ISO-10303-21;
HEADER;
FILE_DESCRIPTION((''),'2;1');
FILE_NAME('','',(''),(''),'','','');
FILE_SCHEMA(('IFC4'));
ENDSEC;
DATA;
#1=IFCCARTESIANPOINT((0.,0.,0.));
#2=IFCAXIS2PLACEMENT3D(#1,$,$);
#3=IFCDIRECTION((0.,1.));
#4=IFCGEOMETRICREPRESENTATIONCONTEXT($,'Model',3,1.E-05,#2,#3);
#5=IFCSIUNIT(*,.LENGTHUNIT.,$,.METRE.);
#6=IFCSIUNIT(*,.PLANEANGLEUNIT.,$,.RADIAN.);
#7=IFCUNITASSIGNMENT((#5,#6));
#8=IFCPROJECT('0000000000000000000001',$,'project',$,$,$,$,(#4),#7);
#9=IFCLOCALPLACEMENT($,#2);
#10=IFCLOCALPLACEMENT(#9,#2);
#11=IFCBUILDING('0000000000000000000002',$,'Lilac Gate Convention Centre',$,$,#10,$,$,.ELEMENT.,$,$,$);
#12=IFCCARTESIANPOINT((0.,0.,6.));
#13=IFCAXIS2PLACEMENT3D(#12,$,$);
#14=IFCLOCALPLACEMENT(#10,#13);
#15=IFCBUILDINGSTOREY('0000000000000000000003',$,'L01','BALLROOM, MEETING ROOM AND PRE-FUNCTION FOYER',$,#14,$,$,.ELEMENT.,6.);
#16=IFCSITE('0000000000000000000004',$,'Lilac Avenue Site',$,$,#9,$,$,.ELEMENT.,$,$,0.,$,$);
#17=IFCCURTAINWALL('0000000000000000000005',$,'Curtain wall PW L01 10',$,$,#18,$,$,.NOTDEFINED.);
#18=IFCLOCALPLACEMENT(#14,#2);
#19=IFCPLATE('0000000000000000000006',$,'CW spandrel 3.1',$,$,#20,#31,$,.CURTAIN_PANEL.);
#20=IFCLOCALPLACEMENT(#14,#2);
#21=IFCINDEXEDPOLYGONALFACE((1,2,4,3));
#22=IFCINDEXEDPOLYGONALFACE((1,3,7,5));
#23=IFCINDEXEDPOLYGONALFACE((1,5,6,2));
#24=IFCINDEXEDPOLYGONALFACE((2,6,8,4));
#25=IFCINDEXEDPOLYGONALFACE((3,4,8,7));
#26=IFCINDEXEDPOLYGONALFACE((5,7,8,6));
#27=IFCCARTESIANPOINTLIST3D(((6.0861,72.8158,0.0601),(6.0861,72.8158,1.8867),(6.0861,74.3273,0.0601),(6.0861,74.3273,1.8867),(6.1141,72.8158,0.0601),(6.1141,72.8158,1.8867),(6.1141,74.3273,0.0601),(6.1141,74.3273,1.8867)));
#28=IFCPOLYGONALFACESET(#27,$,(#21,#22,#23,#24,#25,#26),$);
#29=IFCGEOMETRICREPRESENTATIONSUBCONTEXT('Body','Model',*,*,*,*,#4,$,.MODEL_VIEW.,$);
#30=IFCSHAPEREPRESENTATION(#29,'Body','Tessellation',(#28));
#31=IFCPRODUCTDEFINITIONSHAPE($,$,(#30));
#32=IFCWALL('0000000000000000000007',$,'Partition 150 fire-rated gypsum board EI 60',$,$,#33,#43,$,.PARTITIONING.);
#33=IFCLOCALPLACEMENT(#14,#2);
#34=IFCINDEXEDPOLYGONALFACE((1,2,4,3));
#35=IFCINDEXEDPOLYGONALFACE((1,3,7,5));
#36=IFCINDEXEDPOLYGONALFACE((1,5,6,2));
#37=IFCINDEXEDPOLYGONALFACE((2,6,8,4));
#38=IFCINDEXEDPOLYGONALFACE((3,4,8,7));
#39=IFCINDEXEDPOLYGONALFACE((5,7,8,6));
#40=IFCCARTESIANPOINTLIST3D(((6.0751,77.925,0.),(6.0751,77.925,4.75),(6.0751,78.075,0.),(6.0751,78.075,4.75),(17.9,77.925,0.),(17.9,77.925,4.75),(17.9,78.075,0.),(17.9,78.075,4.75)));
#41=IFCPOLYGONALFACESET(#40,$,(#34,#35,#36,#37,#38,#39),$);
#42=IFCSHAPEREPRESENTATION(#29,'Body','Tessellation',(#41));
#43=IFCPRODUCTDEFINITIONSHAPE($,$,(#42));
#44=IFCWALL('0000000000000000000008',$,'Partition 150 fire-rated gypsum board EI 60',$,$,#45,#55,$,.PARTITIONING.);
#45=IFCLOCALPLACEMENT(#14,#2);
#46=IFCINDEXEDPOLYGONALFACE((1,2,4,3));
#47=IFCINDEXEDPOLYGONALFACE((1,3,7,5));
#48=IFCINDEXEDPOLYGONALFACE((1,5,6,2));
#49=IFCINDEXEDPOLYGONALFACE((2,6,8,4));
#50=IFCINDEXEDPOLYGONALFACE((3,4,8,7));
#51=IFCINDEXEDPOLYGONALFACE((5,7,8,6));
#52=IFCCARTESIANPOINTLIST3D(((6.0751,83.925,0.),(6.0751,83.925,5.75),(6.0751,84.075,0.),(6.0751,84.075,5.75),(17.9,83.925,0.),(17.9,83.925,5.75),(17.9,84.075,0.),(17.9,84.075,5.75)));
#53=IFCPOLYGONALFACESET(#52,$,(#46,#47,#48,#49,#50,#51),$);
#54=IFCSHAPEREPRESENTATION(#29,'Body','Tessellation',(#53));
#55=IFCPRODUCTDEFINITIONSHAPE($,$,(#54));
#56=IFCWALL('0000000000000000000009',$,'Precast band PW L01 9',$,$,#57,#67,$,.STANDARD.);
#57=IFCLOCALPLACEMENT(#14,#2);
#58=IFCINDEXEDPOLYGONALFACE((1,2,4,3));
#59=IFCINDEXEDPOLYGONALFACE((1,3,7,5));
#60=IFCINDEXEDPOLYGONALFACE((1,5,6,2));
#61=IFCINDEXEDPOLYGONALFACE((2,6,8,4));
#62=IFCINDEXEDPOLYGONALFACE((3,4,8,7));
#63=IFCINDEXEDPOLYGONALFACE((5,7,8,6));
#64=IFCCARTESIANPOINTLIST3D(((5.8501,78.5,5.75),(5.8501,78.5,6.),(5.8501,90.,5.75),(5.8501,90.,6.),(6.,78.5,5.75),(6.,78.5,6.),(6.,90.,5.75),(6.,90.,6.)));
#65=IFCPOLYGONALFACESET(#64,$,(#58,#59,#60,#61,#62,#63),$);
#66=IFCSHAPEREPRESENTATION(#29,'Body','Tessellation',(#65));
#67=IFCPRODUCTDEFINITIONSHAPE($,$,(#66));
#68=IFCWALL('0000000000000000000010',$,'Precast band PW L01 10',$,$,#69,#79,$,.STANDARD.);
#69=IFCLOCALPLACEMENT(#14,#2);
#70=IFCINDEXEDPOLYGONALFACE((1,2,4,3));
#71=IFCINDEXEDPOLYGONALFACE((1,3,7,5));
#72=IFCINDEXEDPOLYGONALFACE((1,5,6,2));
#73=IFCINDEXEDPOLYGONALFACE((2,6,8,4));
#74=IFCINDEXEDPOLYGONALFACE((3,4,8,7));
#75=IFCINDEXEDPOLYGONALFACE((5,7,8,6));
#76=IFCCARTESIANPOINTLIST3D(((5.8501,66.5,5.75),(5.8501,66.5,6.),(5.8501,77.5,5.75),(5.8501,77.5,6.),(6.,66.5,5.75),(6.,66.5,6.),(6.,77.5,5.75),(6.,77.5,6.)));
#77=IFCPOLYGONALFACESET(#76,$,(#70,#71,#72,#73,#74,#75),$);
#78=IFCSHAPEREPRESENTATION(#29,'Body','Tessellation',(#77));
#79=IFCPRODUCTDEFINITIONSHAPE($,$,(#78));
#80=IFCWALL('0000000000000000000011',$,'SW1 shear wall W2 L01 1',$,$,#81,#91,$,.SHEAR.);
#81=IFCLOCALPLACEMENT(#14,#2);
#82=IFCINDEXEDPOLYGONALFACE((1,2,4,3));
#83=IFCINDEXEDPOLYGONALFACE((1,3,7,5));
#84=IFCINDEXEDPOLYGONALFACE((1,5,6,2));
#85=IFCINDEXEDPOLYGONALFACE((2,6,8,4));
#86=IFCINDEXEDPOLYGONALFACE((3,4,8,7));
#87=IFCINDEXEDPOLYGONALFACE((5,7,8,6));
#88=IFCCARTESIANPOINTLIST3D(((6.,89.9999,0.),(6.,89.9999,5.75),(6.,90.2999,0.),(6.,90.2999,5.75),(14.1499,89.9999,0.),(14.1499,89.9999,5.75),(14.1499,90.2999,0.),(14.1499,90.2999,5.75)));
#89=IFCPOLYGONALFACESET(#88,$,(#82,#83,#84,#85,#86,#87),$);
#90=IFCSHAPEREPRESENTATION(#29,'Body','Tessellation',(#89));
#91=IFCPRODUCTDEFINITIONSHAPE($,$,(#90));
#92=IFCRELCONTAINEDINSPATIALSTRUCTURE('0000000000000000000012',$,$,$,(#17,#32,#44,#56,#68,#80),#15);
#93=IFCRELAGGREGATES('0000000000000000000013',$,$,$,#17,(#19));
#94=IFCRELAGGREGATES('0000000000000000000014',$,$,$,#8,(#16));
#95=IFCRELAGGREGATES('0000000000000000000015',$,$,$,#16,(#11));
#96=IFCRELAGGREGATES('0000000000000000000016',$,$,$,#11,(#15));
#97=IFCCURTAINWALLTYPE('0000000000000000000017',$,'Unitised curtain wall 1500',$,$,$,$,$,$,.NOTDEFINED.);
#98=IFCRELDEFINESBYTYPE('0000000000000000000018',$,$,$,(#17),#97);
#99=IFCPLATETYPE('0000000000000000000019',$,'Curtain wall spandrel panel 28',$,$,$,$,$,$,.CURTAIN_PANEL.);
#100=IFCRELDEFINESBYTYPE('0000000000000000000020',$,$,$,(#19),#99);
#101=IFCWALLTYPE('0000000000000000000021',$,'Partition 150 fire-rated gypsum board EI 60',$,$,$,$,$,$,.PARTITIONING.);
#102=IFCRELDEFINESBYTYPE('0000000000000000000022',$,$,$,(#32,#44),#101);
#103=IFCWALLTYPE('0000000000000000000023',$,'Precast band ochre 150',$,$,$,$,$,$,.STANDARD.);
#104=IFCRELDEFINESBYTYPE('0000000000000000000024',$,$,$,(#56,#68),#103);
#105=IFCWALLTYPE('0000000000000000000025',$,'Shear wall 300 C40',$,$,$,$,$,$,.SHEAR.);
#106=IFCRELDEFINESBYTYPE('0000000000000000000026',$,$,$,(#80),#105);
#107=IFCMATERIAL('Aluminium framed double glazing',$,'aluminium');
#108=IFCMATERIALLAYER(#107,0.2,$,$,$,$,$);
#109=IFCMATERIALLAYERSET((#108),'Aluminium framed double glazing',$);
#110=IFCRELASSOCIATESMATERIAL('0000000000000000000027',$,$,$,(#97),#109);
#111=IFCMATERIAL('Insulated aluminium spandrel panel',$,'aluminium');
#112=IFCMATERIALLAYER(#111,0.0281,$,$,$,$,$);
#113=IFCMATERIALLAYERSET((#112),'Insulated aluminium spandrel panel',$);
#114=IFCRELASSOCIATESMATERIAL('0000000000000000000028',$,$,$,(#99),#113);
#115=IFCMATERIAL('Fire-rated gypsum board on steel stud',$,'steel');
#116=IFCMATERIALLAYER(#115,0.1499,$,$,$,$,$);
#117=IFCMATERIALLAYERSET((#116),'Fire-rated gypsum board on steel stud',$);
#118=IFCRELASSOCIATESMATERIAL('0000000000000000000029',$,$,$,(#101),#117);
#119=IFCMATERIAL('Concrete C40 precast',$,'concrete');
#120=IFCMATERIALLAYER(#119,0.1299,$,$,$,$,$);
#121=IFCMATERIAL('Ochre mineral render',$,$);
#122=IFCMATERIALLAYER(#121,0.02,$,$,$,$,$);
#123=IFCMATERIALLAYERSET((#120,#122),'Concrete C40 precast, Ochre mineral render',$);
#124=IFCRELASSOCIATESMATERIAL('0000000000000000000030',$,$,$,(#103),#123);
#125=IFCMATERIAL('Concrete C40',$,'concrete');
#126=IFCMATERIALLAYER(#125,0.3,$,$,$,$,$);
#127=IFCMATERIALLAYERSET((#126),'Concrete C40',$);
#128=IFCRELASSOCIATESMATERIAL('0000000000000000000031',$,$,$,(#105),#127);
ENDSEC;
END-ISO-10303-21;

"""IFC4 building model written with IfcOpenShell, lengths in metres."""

from ifc_helpers import new_model, si_unit, direction, frame, frame_2d, origin, origin_2d, place, context, subcontext, project, spatial, rectangle, extrude, material, layer, layer_set, type_object, element, aggregate, save


model = new_model("IFC4")

# Units and contexts
model_context = context("Model", 3, precision=1e-05, world=origin(), true_north=direction((0.0, 1.0)))
body_context = subcontext(model_context, "Body", "Model", "MODEL_VIEW")
ifc_project = project(units=[si_unit("LENGTHUNIT", "METRE"), si_unit("PLANEANGLEUNIT", "RADIAN")], contexts=[model_context])

# Site, building, storey
site_placement = place(None, origin())
site = spatial("IfcSite", under=ifc_project, at=site_placement, Name="Lilac Avenue Site", CompositionType="ELEMENT", RefElevation=0.0)
building_placement = place(site_placement, origin())
building = spatial("IfcBuilding", under=site, at=building_placement, Name="Lilac Gate Convention Centre", CompositionType="ELEMENT")
storey_placement = place(building_placement, frame((0.0, 0.0, 6.0)))
storey = spatial("IfcBuildingStorey", under=building, at=storey_placement, Name="L01", Description="BALLROOM, MEETING ROOM AND PRE-FUNCTION FOYER", CompositionType="ELEMENT", Elevation=6.0)

# Shared definitions
ifc_material_1 = material(Name="Concrete C40", Category="concrete")

# Curtain wall
ifc_material_2 = material(Name="Aluminium framed double glazing", Category="aluminium")
ifc_layer_1 = layer(ifc_material_2, 0.2)
ifc_layer_set_1 = layer_set([ifc_layer_1], Name="Aluminium framed double glazing")
curtain_wall_type = type_object("IfcCurtainWallType", Name="Unitised curtain wall 1500", PredefinedType="NOTDEFINED", material=ifc_layer_set_1)
curtain_wall_placement = place(storey_placement, origin())
curtain_wall = element("IfcCurtainWall", 1, at=curtain_wall_placement, inside=storey, type_object=curtain_wall_type, Name="Curtain wall PW L01 10", PredefinedType="NOTDEFINED")

# Plate
ifc_material_3 = material(Name="Insulated aluminium spandrel panel", Category="aluminium")
ifc_layer_2 = layer(ifc_material_3, 0.0281)
ifc_layer_set_2 = layer_set([ifc_layer_2], Name="Insulated aluminium spandrel panel")
plate_type_1 = type_object("IfcPlateType", Name="Curtain wall spandrel panel 28", PredefinedType="CURTAIN_PANEL", material=ifc_layer_set_2)
plate_1_placement = place(storey_placement, frame((6.1001, 73.5715, 0.0601), z_axis=(0.0, 0.0, 1.0), x_axis=(0.0, -1.0, 0.0)))
plate_1 = element("IfcPlate", 2, at=plate_1_placement, type_object=plate_type_1, Name="CW spandrel 3.1", PredefinedType="CURTAIN_PANEL", context=body_context, shape_type="SweptSolid", body=[
    extrude(rectangle(XDim=1.5115, YDim=0.0281, at=origin_2d()), origin(), (0.0, 0.0, 1.0), 1.8267),
])
aggregate(curtain_wall, [plate_1])

# Walls
ifc_material_4 = material(Name="Fire-rated gypsum board on steel stud", Category="steel")
ifc_layer_3 = layer(ifc_material_4, 0.1499)
ifc_layer_set_3 = layer_set([ifc_layer_3], Name="Fire-rated gypsum board on steel stud")
wall_type_1 = type_object("IfcWallType", Name="Partition 150 fire-rated gypsum board EI 60", PredefinedType="PARTITIONING", material=ifc_layer_set_3)
wall_1_placement = place(storey_placement, frame((6.075, 78.0, 0.0), z_axis=(0.0, 0.0, 1.0), x_axis=(1.0, 0.0, 0.0)))
element("IfcWall", 3, at=wall_1_placement, inside=storey, type_object=wall_type_1, Name="Partition 150 fire-rated gypsum board EI 60", PredefinedType="PARTITIONING", context=body_context, shape_type="SweptSolid", body=[
    extrude(rectangle(XDim=11.825, YDim=0.1499, at=frame_2d((5.9126, 0.0))), origin(), (0.0, 0.0, 1.0), 4.75),
])
wall_2_placement = place(storey_placement, frame((6.075, 84.0, 0.0), z_axis=(0.0, 0.0, 1.0), x_axis=(1.0, 0.0, 0.0)))
element("IfcWall", 4, at=wall_2_placement, inside=storey, type_object=wall_type_1, Name="Partition 150 fire-rated gypsum board EI 60", PredefinedType="PARTITIONING", context=body_context, shape_type="SweptSolid", body=[
    extrude(rectangle(XDim=11.825, YDim=0.1499, at=frame_2d((5.9126, 0.0))), origin(), (0.0, 0.0, 1.0), 5.75),
])
ifc_material_5 = material(Name="Concrete C40 precast", Category="concrete")
ifc_layer_4 = layer(ifc_material_5, 0.1299)
ifc_material_6 = material(Name="Ochre mineral render")
ifc_layer_5 = layer(ifc_material_6, 0.02)
ifc_layer_set_4 = layer_set([ifc_layer_4, ifc_layer_5], Name="Concrete C40 precast, Ochre mineral render")
wall_type_2 = type_object("IfcWallType", Name="Precast band ochre 150", PredefinedType="STANDARD", material=ifc_layer_set_4)
wall_3_placement = place(storey_placement, frame((5.925, 90.0, 5.75), z_axis=(0.0, 0.0, 1.0), x_axis=(0.0, -1.0, 0.0)))
element("IfcWall", 5, at=wall_3_placement, inside=storey, type_object=wall_type_2, Name="Precast band PW L01 9", PredefinedType="STANDARD", context=body_context, shape_type="SweptSolid", body=[
    extrude(rectangle(XDim=11.5, YDim=0.1499, at=frame_2d((5.75, 0.0))), origin(), (0.0, 0.0, 1.0), 0.25),
])
wall_4_placement = place(storey_placement, frame((5.925, 77.5, 5.75), z_axis=(0.0, 0.0, 1.0), x_axis=(0.0, -1.0, 0.0)))
element("IfcWall", 6, at=wall_4_placement, inside=storey, type_object=wall_type_2, Name="Precast band PW L01 10", PredefinedType="STANDARD", context=body_context, shape_type="SweptSolid", body=[
    extrude(rectangle(XDim=11.0, YDim=0.1499, at=frame_2d((5.5, 0.0))), origin(), (0.0, 0.0, 1.0), 0.25),
])
ifc_layer_6 = layer(ifc_material_1, 0.3)
ifc_layer_set_5 = layer_set([ifc_layer_6], Name="Concrete C40")
wall_type_3 = type_object("IfcWallType", Name="Shear wall 300 C40", PredefinedType="SHEAR", material=ifc_layer_set_5)
wall_5_placement = place(storey_placement, frame((6.0, 90.1499, 0.0), z_axis=(0.0, 0.0, 1.0), x_axis=(1.0, 0.0, 0.0)))
element("IfcWall", 7, at=wall_5_placement, inside=storey, type_object=wall_type_3, Name="SW1 shear wall W2 L01 1", PredefinedType="SHEAR", context=body_context, shape_type="SweptSolid", body=[
    extrude(rectangle(XDim=8.1499, YDim=0.3, at=frame_2d((4.075, 0.0))), origin(), (0.0, 0.0, 1.0), 5.75),
])

save(model, "model.ifc")
